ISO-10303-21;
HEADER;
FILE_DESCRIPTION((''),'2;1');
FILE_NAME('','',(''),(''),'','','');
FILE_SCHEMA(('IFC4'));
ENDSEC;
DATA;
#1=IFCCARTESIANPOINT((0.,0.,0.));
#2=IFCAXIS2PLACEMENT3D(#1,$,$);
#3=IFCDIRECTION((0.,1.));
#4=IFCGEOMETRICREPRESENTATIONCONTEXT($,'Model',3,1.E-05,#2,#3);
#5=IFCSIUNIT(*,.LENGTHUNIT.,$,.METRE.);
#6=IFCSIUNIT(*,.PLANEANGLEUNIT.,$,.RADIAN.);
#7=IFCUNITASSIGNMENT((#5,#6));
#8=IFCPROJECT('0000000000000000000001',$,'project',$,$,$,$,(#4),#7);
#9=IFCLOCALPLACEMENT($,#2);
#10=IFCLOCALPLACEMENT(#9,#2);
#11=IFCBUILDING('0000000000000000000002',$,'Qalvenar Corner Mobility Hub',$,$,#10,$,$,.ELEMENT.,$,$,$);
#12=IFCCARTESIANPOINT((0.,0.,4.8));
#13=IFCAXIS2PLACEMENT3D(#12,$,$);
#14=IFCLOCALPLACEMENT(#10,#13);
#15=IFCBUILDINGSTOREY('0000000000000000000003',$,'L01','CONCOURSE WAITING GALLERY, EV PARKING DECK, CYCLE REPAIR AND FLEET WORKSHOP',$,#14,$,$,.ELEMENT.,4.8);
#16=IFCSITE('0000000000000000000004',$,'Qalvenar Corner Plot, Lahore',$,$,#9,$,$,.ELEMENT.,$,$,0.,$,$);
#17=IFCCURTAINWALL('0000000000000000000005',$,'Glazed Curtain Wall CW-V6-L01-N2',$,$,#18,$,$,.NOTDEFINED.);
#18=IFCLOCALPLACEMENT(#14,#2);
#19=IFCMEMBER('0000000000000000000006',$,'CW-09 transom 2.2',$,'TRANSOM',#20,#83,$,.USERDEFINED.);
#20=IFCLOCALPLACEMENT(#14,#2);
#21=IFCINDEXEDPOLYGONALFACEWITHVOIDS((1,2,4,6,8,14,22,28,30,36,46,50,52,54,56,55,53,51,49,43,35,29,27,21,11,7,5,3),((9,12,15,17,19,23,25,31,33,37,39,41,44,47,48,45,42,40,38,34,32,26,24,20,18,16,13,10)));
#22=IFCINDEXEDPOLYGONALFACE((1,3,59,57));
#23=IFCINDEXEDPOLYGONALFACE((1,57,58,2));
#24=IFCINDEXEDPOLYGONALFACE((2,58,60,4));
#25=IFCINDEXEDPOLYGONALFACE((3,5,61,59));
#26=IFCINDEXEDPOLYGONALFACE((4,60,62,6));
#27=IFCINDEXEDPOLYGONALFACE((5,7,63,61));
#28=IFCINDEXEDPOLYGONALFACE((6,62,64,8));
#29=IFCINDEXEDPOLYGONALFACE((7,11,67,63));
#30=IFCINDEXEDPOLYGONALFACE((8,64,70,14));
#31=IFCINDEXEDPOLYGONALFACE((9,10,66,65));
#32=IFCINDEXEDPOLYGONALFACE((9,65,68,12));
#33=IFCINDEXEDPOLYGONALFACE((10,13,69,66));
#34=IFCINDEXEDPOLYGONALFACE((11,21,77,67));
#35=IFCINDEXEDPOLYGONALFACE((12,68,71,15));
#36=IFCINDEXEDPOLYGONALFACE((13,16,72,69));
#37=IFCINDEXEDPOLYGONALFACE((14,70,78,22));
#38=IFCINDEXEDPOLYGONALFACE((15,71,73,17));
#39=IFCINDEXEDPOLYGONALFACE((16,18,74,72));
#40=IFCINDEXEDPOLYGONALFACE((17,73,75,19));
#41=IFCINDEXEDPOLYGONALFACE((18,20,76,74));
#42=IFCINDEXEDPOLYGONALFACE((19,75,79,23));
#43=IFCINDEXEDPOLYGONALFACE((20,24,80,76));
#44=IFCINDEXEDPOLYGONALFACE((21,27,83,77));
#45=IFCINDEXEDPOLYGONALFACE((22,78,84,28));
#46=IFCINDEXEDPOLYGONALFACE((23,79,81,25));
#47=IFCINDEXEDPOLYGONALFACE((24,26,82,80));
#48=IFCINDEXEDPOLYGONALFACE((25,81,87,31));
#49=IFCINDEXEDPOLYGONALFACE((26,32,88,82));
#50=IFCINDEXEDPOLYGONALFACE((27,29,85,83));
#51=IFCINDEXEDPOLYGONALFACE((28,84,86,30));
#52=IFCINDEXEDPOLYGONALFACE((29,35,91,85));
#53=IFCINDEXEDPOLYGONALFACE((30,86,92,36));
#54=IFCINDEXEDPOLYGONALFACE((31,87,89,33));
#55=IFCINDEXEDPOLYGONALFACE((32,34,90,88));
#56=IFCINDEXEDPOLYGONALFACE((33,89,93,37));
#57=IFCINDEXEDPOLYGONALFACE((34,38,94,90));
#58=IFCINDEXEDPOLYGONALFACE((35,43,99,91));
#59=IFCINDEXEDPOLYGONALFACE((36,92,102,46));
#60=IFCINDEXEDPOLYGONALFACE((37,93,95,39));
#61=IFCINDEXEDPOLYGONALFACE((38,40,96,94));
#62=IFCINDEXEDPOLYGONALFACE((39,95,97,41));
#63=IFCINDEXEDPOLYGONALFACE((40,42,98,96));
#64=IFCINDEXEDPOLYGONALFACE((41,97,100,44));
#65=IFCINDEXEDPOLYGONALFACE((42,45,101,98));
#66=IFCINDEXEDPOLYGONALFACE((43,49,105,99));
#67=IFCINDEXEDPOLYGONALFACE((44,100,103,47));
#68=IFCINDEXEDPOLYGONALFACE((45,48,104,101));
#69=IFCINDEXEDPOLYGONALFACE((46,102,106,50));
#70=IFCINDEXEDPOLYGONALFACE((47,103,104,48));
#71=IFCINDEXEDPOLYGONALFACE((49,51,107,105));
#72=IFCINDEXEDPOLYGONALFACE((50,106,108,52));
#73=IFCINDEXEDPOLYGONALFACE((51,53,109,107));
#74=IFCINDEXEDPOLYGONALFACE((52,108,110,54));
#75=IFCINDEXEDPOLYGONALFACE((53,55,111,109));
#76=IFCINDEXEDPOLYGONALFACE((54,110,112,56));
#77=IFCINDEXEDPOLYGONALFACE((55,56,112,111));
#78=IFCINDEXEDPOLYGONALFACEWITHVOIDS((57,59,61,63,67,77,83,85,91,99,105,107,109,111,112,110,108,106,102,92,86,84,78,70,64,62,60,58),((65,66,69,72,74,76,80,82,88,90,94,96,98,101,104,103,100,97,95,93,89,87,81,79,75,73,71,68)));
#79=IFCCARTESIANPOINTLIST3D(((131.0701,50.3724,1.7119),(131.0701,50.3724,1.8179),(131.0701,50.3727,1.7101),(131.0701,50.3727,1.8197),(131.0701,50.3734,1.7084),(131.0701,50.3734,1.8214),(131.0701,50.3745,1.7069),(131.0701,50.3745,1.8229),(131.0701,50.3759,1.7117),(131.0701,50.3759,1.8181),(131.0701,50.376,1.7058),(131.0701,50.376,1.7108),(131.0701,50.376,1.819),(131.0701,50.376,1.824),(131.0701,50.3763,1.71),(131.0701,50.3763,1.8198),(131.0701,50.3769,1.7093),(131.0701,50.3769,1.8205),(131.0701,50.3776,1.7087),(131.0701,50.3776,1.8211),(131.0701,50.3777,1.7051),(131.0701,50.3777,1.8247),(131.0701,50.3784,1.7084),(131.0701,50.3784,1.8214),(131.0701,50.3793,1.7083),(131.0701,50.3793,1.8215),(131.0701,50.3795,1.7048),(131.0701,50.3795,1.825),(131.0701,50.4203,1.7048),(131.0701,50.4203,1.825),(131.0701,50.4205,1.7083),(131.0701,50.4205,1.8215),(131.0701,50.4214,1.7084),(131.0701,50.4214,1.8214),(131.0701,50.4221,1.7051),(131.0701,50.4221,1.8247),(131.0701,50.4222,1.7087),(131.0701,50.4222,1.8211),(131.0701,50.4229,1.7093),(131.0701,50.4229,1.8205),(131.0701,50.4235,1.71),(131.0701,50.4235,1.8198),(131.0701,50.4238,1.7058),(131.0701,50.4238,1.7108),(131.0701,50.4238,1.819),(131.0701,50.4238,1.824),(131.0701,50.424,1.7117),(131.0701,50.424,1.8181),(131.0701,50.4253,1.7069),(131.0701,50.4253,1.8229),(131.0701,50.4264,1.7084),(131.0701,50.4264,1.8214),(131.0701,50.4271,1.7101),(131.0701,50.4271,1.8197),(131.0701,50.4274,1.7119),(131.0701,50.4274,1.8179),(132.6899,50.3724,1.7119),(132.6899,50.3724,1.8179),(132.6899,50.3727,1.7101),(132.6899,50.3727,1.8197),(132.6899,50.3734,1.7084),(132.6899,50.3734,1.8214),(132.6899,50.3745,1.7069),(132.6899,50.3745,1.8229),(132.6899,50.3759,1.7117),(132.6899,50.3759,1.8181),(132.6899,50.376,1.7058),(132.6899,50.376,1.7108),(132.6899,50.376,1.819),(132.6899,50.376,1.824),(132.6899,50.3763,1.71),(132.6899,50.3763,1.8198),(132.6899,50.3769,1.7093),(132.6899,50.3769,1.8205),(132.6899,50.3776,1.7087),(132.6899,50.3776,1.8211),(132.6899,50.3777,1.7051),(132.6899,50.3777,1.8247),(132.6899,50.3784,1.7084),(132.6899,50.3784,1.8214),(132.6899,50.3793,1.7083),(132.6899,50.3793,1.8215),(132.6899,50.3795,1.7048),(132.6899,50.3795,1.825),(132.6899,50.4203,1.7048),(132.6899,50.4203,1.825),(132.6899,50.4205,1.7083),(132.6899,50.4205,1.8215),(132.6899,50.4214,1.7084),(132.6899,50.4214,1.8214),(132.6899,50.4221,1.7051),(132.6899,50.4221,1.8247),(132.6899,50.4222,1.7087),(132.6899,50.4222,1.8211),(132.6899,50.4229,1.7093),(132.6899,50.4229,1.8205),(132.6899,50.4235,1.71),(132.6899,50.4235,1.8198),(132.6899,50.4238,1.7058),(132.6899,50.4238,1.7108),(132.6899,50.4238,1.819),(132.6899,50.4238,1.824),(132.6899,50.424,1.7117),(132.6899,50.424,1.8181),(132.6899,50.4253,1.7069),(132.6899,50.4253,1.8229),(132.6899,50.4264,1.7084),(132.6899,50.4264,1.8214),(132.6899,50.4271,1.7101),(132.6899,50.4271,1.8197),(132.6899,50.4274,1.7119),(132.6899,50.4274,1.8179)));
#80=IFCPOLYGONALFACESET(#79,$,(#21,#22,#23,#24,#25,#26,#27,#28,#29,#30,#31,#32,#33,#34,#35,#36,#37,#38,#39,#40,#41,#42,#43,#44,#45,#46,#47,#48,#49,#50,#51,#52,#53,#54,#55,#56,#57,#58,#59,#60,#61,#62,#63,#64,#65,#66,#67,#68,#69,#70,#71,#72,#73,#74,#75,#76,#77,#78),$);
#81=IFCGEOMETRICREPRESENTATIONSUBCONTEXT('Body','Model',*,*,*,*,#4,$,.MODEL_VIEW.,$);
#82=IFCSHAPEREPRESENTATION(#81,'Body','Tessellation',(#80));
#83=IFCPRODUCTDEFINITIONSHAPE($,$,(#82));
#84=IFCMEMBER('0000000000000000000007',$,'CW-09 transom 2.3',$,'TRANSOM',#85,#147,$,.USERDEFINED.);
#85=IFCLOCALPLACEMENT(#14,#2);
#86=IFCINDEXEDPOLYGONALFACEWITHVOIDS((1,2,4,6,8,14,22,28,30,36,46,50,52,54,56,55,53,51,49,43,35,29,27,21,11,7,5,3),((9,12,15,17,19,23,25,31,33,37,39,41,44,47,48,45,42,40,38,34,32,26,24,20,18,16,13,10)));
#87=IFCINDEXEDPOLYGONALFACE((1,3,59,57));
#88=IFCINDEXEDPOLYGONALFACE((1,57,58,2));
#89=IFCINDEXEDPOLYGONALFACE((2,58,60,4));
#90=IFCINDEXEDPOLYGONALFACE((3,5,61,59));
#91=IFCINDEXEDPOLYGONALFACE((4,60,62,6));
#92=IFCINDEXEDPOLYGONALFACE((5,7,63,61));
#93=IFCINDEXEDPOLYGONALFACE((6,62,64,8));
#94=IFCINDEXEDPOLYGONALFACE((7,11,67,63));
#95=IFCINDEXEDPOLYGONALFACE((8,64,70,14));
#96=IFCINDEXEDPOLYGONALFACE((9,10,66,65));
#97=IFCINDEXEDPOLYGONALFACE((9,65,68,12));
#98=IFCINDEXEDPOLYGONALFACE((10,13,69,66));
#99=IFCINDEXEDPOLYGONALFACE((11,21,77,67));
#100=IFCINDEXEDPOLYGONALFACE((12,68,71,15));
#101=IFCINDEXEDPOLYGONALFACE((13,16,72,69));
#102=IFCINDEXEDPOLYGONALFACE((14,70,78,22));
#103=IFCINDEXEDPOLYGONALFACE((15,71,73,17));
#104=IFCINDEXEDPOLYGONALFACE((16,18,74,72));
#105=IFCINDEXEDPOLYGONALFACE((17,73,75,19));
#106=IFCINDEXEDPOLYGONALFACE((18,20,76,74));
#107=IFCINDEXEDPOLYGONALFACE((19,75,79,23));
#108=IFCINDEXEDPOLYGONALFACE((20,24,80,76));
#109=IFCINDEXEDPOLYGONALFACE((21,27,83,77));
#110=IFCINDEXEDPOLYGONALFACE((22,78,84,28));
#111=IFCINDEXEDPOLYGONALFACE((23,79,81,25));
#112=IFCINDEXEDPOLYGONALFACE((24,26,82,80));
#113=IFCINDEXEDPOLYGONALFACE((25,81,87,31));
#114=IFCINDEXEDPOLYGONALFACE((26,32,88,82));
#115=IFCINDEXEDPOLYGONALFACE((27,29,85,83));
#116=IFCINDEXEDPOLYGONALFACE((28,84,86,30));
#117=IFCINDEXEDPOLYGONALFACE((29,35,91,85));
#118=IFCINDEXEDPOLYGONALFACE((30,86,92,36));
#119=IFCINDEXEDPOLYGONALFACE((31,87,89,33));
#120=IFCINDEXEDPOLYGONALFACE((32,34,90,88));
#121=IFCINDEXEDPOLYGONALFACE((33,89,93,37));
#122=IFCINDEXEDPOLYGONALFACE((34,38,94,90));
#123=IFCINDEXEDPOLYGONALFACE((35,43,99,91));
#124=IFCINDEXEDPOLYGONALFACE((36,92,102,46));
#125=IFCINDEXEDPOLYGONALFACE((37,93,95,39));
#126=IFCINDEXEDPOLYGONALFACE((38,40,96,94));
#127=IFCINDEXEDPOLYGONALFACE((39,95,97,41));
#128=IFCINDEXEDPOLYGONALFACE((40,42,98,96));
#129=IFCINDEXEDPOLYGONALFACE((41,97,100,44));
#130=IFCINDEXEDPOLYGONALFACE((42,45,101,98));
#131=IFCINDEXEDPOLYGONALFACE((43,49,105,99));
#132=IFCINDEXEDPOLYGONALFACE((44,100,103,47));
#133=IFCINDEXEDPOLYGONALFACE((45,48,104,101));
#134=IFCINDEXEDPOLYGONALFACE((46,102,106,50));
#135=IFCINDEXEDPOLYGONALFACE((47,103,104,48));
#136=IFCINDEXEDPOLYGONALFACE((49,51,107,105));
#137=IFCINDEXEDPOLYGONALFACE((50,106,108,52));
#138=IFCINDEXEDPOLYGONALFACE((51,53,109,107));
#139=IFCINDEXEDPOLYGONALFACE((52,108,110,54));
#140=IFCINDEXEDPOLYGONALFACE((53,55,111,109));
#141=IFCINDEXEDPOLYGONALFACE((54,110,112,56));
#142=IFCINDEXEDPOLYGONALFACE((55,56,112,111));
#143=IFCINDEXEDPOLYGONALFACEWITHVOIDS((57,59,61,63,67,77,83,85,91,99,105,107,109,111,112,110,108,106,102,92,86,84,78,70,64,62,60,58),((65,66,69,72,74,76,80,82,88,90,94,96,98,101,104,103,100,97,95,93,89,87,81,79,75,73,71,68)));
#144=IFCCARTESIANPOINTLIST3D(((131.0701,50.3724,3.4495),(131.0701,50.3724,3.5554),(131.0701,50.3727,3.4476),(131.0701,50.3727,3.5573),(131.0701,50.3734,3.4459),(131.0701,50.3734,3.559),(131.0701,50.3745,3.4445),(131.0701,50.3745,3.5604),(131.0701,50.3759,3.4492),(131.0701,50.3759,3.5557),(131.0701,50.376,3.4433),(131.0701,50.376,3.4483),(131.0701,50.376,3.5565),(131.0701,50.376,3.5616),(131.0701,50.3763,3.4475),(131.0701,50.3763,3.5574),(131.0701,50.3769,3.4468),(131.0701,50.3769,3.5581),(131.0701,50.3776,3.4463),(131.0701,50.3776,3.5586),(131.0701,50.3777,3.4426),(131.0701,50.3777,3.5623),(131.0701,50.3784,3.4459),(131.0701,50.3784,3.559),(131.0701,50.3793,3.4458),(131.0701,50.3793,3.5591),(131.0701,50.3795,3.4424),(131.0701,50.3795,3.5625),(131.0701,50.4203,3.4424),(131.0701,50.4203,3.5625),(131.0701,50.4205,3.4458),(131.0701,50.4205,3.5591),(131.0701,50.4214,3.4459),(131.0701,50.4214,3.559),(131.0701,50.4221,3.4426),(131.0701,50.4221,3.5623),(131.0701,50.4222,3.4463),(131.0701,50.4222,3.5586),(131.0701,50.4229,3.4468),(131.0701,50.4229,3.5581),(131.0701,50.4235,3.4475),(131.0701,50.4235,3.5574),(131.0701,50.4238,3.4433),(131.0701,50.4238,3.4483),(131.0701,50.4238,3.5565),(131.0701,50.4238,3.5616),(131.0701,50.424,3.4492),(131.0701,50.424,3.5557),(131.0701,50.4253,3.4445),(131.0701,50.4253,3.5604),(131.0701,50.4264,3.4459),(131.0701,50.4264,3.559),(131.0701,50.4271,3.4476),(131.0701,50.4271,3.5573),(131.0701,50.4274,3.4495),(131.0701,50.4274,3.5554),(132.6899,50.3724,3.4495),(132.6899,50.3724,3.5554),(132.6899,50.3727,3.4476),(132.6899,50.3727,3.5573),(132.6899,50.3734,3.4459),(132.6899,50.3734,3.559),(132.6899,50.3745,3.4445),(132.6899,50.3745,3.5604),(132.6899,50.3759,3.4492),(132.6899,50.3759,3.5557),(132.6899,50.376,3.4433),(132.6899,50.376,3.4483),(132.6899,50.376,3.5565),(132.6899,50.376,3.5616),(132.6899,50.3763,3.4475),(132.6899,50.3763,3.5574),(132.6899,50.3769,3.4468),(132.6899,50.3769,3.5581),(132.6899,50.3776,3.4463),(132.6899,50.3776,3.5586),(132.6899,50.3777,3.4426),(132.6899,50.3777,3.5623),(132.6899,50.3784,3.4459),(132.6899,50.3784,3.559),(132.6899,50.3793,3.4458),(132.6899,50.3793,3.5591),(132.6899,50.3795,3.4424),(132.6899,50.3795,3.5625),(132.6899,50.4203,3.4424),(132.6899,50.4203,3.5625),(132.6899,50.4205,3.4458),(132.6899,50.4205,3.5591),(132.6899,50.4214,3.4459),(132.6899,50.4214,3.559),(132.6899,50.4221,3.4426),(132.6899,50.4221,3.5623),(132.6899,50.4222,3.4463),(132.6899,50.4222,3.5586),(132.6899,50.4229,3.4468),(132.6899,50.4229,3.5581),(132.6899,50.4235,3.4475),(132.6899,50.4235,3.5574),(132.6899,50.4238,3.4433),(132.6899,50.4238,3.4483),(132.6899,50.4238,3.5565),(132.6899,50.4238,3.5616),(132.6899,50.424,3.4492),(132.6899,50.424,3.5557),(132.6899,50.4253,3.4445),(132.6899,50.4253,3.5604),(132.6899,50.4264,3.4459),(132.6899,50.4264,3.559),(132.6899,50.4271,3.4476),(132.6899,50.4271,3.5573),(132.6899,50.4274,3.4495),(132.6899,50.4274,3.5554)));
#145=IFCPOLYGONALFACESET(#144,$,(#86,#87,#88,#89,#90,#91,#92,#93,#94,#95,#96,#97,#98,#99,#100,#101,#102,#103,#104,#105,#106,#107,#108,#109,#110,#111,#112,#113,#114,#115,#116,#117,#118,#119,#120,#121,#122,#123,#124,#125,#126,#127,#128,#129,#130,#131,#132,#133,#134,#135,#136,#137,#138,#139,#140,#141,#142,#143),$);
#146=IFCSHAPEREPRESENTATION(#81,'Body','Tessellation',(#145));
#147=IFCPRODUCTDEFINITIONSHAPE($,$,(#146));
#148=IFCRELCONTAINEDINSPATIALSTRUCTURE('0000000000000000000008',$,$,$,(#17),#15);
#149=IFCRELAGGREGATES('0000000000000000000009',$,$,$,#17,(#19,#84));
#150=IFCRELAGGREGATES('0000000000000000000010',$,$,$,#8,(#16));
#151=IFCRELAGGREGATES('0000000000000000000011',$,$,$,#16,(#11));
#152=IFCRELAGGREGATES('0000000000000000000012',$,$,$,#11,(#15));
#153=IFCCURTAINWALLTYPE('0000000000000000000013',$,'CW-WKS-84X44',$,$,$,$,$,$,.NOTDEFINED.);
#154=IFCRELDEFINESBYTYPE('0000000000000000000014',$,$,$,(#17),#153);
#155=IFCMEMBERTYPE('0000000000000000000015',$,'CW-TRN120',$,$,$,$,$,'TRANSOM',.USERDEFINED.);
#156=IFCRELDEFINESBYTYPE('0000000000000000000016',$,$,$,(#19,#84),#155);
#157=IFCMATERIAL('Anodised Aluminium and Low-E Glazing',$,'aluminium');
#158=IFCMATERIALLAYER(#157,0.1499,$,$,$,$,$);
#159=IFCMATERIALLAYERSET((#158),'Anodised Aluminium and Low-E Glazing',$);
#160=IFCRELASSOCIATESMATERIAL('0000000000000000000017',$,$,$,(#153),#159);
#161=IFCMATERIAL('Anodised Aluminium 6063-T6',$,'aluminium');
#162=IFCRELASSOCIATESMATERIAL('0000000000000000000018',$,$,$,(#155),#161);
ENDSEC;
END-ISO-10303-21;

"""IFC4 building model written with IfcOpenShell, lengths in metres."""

from ifc_helpers import new_model, si_unit, direction, frame, origin, origin_2d, place, context, subcontext, project, spatial, hollow_rectangle, extrude, material, layer, layer_set, material_profile, profile_set, type_object, element, aggregate, save


model = new_model("IFC4")

# Units and contexts
model_context = context("Model", 3, precision=1e-05, world=origin(), true_north=direction((0.0, 1.0)))
body_context = subcontext(model_context, "Body", "Model", "MODEL_VIEW")
ifc_project = project(units=[si_unit("LENGTHUNIT", "METRE"), si_unit("PLANEANGLEUNIT", "RADIAN")], contexts=[model_context])

# Site, building, storey
site_placement = place(None, origin())
site = spatial("IfcSite", under=ifc_project, at=site_placement, Name="Qalvenar Corner Plot, Lahore", CompositionType="ELEMENT", RefElevation=0.0)
building_placement = place(site_placement, origin())
building = spatial("IfcBuilding", under=site, at=building_placement, Name="Qalvenar Corner Mobility Hub", CompositionType="ELEMENT")
storey_placement = place(building_placement, frame((0.0, 0.0, 4.8)))
storey = spatial("IfcBuildingStorey", under=building, at=storey_placement, Name="L01", Description="CONCOURSE WAITING GALLERY, EV PARKING DECK, CYCLE REPAIR AND FLEET WORKSHOP", CompositionType="ELEMENT", Elevation=4.8)

# Curtain wall, members
ifc_material_1 = material(Name="Anodised Aluminium and Low-E Glazing", Category="aluminium")
ifc_layer_1 = layer(ifc_material_1, 0.1499)
ifc_layer_set_1 = layer_set([ifc_layer_1], Name="Anodised Aluminium and Low-E Glazing")
curtain_wall_type = type_object("IfcCurtainWallType", Name="CW-WKS-84X44", PredefinedType="NOTDEFINED", material=ifc_layer_set_1)
curtain_wall_placement = place(storey_placement, origin())
curtain_wall = element("IfcCurtainWall", 1, at=curtain_wall_placement, inside=storey, type_object=curtain_wall_type, Name="Glazed Curtain Wall CW-V6-L01-N2", PredefinedType="NOTDEFINED")
ifc_material_2 = material(Name="Anodised Aluminium 6063-T6", Category="aluminium")
ifc_material_profile_1 = material_profile(ifc_material_2, hollow_rectangle(XDim=0.0549, YDim=0.1201, WallThickness=0.0034, InnerFilletRadius=0.0034, OuterFilletRadius=0.0071, at=origin_2d()), Name="RHS120x55x3.5")
ifc_profile_set_1 = profile_set([ifc_material_profile_1], Name="Anodised Aluminium 6063-T6")
member_type_1 = type_object("IfcMemberType", Name="CW-TRN120", ElementType="TRANSOM", PredefinedType="USERDEFINED", material=ifc_profile_set_1)
member_1_placement = place(storey_placement, frame((132.6899, 50.3999, 1.7649), z_axis=(-1.0, 0.0, 0.0), x_axis=(0.0, -1.0, 0.0)))
member_1 = element("IfcMember", 2, at=member_1_placement, type_object=member_type_1, Name="CW-09 transom 2.2", ObjectType="TRANSOM", PredefinedType="USERDEFINED", context=body_context, shape_type="SweptSolid", body=[
    extrude(hollow_rectangle(XDim=0.0549, YDim=0.1201, WallThickness=0.0034, InnerFilletRadius=0.0034, OuterFilletRadius=0.0071, at=origin_2d()), origin(), (0.0, 0.0, 1.0), 1.6199),
])
member_2_placement = place(storey_placement, frame((132.6899, 50.3999, 3.5024), z_axis=(-1.0, 0.0, 0.0), x_axis=(0.0, -1.0, 0.0)))
member_2 = element("IfcMember", 3, at=member_2_placement, type_object=member_type_1, Name="CW-09 transom 2.3", ObjectType="TRANSOM", PredefinedType="USERDEFINED", context=body_context, shape_type="SweptSolid", body=[
    extrude(hollow_rectangle(XDim=0.0549, YDim=0.1201, WallThickness=0.0034, InnerFilletRadius=0.0034, OuterFilletRadius=0.0071, at=origin_2d()), origin(), (0.0, 0.0, 1.0), 1.6199),
])

aggregate(curtain_wall, [member_1, member_2])

save(model, "model.ifc")
